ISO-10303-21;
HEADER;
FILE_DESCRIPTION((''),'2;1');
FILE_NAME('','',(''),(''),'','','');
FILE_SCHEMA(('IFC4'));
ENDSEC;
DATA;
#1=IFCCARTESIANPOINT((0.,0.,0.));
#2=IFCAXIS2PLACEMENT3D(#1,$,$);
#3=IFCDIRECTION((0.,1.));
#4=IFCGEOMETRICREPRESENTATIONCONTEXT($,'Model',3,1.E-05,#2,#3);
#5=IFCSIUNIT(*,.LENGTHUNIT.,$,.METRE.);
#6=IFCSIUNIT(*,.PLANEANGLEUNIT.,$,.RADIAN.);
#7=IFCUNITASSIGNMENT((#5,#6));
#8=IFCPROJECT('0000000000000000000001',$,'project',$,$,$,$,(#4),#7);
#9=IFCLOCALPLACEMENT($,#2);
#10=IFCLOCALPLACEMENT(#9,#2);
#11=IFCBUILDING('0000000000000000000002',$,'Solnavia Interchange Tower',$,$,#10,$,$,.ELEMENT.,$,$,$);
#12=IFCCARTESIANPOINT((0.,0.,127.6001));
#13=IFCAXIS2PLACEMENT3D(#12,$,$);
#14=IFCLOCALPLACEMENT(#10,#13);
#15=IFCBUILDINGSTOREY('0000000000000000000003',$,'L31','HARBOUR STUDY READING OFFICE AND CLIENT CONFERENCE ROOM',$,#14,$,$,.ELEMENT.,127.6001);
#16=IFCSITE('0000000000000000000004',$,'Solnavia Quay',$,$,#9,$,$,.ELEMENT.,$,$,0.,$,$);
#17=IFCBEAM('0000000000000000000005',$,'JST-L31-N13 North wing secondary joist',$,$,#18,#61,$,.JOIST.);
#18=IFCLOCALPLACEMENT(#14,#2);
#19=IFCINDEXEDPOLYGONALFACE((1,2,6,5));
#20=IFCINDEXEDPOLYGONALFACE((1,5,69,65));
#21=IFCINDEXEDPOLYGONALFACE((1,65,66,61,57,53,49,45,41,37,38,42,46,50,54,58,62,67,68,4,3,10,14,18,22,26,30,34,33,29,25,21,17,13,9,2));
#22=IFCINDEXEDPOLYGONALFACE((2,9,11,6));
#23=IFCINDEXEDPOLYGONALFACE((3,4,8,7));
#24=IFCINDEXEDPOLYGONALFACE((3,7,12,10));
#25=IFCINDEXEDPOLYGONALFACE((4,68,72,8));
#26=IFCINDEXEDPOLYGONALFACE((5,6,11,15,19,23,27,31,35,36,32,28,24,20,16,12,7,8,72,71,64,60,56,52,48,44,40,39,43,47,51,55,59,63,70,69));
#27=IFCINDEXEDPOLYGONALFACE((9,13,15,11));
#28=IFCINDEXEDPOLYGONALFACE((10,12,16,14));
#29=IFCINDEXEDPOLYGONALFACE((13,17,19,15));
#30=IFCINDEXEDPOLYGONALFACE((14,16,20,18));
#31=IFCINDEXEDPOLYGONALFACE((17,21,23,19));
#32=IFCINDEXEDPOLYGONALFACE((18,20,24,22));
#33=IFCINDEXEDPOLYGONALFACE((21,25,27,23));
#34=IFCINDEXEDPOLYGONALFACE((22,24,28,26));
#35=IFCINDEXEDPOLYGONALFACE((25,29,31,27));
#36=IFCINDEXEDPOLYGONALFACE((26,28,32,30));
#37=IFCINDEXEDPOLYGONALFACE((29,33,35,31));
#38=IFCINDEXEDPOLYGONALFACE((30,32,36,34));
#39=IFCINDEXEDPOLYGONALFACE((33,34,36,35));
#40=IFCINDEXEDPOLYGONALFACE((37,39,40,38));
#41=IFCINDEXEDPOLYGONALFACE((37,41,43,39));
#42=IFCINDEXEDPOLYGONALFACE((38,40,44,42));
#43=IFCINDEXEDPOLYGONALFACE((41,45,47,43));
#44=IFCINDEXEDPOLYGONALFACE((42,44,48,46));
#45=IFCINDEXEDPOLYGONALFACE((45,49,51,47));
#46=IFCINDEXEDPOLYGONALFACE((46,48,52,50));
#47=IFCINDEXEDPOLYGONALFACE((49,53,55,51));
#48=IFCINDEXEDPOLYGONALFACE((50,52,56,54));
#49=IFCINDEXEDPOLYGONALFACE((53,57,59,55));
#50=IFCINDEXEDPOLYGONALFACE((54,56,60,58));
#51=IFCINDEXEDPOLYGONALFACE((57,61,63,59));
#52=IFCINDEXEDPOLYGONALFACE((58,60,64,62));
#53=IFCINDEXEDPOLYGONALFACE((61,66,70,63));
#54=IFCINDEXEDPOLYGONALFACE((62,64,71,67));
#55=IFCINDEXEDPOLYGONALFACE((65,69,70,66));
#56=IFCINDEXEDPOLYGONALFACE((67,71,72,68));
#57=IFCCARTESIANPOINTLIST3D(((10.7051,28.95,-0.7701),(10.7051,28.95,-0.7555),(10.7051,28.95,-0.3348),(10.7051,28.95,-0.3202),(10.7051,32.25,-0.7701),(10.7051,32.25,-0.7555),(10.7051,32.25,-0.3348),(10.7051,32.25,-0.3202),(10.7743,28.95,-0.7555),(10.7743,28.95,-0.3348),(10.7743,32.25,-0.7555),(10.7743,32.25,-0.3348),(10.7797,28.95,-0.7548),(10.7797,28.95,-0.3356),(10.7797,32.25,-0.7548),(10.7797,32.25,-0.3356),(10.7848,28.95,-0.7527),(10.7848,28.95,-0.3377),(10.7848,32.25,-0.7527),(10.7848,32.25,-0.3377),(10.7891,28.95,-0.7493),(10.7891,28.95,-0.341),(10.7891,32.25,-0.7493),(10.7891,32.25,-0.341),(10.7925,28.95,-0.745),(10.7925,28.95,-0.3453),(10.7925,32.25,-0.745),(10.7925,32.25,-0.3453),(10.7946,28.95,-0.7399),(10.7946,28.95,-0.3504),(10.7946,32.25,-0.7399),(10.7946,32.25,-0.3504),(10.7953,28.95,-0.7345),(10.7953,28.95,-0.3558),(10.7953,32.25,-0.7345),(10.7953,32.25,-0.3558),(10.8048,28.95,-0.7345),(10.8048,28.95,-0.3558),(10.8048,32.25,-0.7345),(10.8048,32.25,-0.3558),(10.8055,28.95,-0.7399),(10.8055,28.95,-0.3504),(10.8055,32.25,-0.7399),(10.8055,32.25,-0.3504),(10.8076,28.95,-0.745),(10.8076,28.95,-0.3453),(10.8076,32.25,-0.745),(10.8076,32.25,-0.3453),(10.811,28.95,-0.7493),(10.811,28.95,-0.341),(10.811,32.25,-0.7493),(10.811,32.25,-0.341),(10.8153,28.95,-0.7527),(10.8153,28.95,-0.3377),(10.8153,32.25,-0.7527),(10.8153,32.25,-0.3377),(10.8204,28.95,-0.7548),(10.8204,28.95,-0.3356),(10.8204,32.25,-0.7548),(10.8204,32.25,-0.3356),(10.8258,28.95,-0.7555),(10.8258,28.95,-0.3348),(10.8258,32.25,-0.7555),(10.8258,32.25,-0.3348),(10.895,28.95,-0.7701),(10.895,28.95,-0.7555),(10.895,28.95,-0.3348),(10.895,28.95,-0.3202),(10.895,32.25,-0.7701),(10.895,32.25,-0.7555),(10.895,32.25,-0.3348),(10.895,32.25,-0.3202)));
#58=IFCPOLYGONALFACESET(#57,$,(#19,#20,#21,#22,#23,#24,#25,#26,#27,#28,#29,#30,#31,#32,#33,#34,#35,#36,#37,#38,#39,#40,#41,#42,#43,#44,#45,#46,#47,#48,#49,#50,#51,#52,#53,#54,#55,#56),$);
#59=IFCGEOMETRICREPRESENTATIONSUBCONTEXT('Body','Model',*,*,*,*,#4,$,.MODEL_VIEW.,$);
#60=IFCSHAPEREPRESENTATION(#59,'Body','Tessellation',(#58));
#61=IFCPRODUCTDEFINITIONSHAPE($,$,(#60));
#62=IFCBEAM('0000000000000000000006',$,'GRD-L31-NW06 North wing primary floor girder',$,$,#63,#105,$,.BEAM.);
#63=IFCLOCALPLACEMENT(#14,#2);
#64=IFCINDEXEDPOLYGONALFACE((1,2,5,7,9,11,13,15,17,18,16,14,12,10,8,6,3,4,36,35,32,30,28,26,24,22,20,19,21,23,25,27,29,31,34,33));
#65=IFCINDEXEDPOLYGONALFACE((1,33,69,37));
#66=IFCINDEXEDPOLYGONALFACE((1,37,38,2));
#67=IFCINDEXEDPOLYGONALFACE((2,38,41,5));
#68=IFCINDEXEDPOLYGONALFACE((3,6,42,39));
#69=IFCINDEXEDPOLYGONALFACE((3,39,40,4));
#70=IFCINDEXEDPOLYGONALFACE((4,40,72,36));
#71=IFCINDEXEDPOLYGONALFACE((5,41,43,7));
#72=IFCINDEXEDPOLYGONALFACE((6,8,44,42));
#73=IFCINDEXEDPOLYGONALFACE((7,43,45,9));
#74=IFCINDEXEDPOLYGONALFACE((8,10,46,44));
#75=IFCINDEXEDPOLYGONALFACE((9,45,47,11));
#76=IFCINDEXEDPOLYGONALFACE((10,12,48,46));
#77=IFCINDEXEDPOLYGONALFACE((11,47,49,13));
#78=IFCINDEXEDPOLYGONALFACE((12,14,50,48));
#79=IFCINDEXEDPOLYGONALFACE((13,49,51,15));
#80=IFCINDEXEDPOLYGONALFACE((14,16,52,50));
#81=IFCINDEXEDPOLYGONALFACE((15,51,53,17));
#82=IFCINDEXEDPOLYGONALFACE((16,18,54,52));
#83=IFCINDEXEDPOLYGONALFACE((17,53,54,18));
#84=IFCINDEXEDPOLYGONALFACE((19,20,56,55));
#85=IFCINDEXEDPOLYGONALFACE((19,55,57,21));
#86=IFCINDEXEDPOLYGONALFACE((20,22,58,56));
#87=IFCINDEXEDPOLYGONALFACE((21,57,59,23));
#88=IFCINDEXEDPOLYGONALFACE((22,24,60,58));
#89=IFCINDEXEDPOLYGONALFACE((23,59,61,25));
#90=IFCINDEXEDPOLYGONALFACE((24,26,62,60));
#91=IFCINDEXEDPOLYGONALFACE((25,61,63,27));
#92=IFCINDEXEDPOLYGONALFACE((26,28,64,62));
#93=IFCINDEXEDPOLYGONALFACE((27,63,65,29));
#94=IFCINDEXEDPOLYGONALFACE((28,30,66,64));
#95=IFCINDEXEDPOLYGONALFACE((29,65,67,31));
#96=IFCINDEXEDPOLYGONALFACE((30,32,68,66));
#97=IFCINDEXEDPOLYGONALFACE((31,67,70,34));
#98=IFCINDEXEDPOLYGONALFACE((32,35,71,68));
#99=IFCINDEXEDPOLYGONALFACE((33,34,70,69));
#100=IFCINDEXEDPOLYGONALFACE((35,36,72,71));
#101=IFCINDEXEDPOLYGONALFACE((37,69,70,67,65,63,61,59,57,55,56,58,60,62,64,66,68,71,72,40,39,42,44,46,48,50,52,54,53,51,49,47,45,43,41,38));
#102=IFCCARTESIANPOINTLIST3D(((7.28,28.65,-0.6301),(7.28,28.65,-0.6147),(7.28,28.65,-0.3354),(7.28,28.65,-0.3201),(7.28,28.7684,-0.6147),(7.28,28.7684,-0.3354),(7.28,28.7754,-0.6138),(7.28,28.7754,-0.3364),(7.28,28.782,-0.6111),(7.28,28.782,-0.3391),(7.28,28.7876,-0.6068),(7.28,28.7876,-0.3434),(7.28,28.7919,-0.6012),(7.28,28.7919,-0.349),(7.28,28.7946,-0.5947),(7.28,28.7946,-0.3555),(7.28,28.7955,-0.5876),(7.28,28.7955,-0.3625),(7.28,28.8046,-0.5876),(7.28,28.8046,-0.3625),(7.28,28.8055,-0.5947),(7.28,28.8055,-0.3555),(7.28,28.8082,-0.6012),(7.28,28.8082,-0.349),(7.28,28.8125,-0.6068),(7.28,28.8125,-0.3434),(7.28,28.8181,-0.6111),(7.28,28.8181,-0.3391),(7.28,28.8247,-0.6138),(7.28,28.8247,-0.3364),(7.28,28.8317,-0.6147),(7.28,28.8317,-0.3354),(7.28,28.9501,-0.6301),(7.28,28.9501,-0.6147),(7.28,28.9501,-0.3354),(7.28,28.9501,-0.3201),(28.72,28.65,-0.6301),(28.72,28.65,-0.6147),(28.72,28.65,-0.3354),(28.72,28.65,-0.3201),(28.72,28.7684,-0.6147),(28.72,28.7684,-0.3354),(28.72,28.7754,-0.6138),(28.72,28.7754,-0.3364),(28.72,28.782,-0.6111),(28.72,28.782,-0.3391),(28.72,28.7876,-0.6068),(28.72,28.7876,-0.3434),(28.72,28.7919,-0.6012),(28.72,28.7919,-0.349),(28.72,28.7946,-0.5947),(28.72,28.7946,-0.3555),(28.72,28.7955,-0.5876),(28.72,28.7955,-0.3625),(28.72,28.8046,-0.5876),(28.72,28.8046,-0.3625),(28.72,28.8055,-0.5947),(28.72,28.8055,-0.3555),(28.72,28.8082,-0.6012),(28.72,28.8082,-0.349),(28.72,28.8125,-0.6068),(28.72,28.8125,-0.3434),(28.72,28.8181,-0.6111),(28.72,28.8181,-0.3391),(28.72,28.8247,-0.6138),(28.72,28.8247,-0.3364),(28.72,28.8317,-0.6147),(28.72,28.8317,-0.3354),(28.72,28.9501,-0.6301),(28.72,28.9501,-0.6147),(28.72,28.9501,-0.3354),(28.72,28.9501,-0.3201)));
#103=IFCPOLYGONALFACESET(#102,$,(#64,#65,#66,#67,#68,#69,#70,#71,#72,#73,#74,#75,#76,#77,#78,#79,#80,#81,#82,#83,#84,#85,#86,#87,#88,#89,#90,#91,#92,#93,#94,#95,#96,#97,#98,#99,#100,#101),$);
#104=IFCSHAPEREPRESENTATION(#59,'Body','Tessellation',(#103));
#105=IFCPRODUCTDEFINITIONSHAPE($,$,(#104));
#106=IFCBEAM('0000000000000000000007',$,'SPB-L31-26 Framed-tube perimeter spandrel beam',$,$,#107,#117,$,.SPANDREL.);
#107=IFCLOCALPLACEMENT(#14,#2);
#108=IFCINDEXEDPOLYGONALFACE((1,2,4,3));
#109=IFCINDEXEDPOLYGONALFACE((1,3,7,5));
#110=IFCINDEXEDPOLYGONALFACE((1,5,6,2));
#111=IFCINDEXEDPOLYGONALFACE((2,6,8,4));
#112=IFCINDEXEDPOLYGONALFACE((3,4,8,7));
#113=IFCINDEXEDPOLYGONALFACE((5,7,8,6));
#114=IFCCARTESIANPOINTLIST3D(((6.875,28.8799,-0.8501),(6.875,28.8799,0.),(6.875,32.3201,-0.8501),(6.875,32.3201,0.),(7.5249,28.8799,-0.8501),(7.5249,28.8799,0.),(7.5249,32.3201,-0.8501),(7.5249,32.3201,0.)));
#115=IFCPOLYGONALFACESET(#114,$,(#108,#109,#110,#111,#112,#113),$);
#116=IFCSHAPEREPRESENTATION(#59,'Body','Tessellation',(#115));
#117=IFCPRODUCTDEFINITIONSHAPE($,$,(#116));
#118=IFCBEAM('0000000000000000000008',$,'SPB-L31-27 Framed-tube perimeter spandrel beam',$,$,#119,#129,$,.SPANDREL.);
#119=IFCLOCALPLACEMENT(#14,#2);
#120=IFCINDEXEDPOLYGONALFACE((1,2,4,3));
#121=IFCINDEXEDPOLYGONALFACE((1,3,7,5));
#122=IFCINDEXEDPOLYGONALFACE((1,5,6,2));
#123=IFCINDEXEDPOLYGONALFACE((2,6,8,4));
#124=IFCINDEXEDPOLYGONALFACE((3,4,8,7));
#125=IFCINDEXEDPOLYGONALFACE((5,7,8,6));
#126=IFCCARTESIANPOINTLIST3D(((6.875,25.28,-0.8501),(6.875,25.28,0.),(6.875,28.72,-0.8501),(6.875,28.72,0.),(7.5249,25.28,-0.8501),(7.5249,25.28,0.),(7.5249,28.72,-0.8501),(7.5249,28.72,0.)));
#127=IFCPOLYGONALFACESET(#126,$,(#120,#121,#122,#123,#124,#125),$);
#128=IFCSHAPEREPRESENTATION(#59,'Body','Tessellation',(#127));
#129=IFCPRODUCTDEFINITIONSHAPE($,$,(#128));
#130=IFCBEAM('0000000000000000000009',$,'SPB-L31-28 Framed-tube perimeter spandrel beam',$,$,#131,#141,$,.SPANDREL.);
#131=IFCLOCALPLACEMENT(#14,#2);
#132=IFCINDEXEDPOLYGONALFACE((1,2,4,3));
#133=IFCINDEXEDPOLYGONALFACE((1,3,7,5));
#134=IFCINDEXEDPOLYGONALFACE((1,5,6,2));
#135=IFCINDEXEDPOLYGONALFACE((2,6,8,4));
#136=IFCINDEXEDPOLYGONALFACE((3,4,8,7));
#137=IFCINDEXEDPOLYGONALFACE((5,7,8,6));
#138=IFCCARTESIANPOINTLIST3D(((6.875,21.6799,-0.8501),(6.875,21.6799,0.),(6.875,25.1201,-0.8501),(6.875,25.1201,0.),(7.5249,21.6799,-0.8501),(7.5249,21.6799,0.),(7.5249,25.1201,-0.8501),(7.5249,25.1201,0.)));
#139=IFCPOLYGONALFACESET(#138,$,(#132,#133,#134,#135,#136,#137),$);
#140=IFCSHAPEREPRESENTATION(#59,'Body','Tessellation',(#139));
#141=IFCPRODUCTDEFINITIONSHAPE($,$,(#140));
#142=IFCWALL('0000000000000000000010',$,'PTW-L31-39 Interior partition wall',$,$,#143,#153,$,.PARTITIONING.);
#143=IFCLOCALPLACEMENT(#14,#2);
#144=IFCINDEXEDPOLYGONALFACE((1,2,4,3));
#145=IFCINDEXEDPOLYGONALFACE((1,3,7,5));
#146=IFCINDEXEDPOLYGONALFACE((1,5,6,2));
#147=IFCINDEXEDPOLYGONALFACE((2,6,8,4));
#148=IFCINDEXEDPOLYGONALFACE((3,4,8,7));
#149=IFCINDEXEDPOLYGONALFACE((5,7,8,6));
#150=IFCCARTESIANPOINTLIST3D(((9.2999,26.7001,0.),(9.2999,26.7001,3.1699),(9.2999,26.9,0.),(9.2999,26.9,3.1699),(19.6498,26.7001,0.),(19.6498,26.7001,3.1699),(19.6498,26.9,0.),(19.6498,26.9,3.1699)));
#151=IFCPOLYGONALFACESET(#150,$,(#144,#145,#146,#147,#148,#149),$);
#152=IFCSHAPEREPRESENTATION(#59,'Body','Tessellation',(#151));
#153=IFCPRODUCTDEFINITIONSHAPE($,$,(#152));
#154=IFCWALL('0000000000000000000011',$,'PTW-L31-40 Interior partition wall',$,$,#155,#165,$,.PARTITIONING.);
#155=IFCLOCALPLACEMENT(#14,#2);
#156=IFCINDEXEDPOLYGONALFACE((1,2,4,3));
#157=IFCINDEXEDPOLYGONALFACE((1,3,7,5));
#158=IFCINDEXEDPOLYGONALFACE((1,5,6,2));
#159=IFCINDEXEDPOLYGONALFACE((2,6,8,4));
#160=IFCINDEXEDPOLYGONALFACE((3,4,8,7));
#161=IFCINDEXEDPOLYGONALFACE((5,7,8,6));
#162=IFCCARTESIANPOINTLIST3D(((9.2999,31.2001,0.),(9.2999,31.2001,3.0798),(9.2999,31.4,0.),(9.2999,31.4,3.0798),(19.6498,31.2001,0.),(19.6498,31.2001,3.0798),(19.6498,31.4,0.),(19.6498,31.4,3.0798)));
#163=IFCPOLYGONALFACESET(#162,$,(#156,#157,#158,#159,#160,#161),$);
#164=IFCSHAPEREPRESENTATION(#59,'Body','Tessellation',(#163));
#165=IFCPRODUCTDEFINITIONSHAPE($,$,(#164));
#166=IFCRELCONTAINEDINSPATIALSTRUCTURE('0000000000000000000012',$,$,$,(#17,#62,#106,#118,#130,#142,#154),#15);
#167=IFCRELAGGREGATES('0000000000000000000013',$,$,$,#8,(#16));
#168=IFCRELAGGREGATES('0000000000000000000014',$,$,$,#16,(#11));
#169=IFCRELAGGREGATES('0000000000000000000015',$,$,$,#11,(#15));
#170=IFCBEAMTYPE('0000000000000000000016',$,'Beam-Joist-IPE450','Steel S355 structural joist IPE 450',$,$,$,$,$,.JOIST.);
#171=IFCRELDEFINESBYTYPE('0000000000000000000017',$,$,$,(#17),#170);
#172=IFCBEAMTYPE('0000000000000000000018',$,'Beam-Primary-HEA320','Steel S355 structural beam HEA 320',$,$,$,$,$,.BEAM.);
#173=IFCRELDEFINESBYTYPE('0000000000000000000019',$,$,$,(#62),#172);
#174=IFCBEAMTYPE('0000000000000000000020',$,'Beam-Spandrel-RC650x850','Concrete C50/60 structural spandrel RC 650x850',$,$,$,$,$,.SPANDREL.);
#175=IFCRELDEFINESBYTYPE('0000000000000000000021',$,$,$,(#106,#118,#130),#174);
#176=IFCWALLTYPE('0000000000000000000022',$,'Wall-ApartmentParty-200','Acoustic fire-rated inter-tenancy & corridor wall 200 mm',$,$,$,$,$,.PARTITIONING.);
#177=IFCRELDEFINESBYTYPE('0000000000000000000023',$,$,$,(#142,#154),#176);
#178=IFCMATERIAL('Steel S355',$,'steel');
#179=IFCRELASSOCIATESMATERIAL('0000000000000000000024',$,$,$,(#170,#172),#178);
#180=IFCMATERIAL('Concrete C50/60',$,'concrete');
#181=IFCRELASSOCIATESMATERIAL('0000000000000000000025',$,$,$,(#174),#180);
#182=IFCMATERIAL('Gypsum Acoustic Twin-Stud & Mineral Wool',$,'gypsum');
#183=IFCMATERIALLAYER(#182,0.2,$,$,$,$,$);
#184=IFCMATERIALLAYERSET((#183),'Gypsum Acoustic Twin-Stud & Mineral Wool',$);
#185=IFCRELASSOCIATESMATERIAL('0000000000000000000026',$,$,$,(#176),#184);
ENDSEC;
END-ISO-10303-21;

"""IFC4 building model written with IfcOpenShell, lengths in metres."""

from ifc_helpers import new_model, si_unit, direction, frame, frame_2d, origin, origin_2d, place, context, subcontext, project, spatial, rectangle, i_section, extrude, material, layer, layer_set, material_profile, profile_set, type_object, element, save


model = new_model("IFC4")

# Units and contexts
model_context = context("Model", 3, precision=1e-05, world=origin(), true_north=direction((0.0, 1.0)))
body_context = subcontext(model_context, "Body", "Model", "MODEL_VIEW")
ifc_project = project(units=[si_unit("LENGTHUNIT", "METRE"), si_unit("PLANEANGLEUNIT", "RADIAN")], contexts=[model_context])

# Site, building, storey
site_placement = place(None, origin())
site = spatial("IfcSite", under=ifc_project, at=site_placement, Name="Solnavia Quay", CompositionType="ELEMENT", RefElevation=0.0)
building_placement = place(site_placement, origin())
building = spatial("IfcBuilding", under=site, at=building_placement, Name="Solnavia Interchange Tower", CompositionType="ELEMENT")
storey_placement = place(building_placement, frame((0.0, 0.0, 127.6001)))
storey = spatial("IfcBuildingStorey", under=building, at=storey_placement, Name="L31", Description="HARBOUR STUDY READING OFFICE AND CLIENT CONFERENCE ROOM", CompositionType="ELEMENT", Elevation=127.6001)

# Shared definitions
ifc_material_1 = material(Name="Concrete C50/60", Category="concrete")
ifc_material_2 = material(Name="Steel S355", Category="steel")

# Beams
ifc_material_profile_1 = material_profile(ifc_material_2, i_section(OverallWidth=0.1899, OverallDepth=0.45, WebThickness=0.0095, FlangeThickness=0.0146, FilletRadius=0.021, at=origin_2d()), Name="IPE 450")
ifc_profile_set_1 = profile_set([ifc_material_profile_1], Name="Steel S355")
beam_type_1 = type_object("IfcBeamType", Name="Beam-Joist-IPE450", Description="Steel S355 structural joist IPE 450", PredefinedType="JOIST", material=ifc_profile_set_1)
beam_1_placement = place(storey_placement, frame((10.8, 28.95, -0.5452), z_axis=(0.0, 1.0, 0.0), x_axis=(-1.0, 0.0, 0.0)))
element("IfcBeam", 1, at=beam_1_placement, inside=storey, type_object=beam_type_1, Name="JST-L31-N13 North wing secondary joist", PredefinedType="JOIST", context=body_context, shape_type="SweptSolid", body=[
    extrude(i_section(OverallWidth=0.1899, OverallDepth=0.45, WebThickness=0.0095, FlangeThickness=0.0146, FilletRadius=0.021, at=origin_2d()), origin(), (0.0, 0.0, 1.0), 3.3),
])
ifc_material_profile_2 = material_profile(ifc_material_2, i_section(OverallWidth=0.3, OverallDepth=0.3101, WebThickness=0.009, FlangeThickness=0.0154, FilletRadius=0.0271, at=origin_2d()), Name="HEA 320")
ifc_profile_set_2 = profile_set([ifc_material_profile_2], Name="Steel S355")
beam_type_2 = type_object("IfcBeamType", Name="Beam-Primary-HEA320", Description="Steel S355 structural beam HEA 320", PredefinedType="BEAM", material=ifc_profile_set_2)
beam_2_placement = place(storey_placement, frame((7.28, 28.8, -0.4751), z_axis=(1.0, 0.0, 0.0), x_axis=(0.0, 1.0, 0.0)))
element("IfcBeam", 2, at=beam_2_placement, inside=storey, type_object=beam_type_2, Name="GRD-L31-NW06 North wing primary floor girder", PredefinedType="BEAM", context=body_context, shape_type="SweptSolid", body=[
    extrude(i_section(OverallWidth=0.3, OverallDepth=0.3101, WebThickness=0.009, FlangeThickness=0.0154, FilletRadius=0.0271, at=origin_2d()), origin(), (0.0, 0.0, 1.0), 21.4399),
])
ifc_material_profile_3 = material_profile(ifc_material_1, rectangle(XDim=0.6499, YDim=0.8501, at=origin_2d()), Name="RC 650x850")
ifc_profile_set_3 = profile_set([ifc_material_profile_3], Name="Concrete C50/60")
beam_type_3 = type_object("IfcBeamType", Name="Beam-Spandrel-RC650x850", Description="Concrete C50/60 structural spandrel RC 650x850", PredefinedType="SPANDREL", material=ifc_profile_set_3)
beam_3_placement = place(storey_placement, frame((7.2, 32.3201, -0.425), z_axis=(0.0, -1.0, 0.0), x_axis=(1.0, 0.0, 0.0)))
element("IfcBeam", 3, at=beam_3_placement, inside=storey, type_object=beam_type_3, Name="SPB-L31-26 Framed-tube perimeter spandrel beam", PredefinedType="SPANDREL", context=body_context, shape_type="SweptSolid", body=[
    extrude(rectangle(XDim=0.6499, YDim=0.8501, at=origin_2d()), origin(), (0.0, 0.0, 1.0), 3.4402),
])
beam_4_placement = place(storey_placement, frame((7.2, 28.72, -0.425), z_axis=(0.0, -1.0, 0.0), x_axis=(1.0, 0.0, 0.0)))
element("IfcBeam", 4, at=beam_4_placement, inside=storey, type_object=beam_type_3, Name="SPB-L31-27 Framed-tube perimeter spandrel beam", PredefinedType="SPANDREL", context=body_context, shape_type="SweptSolid", body=[
    extrude(rectangle(XDim=0.6499, YDim=0.8501, at=origin_2d()), origin(), (0.0, 0.0, 1.0), 3.4399),
])
beam_5_placement = place(storey_placement, frame((7.2, 25.1201, -0.425), z_axis=(0.0, -1.0, 0.0), x_axis=(1.0, 0.0, 0.0)))
element("IfcBeam", 5, at=beam_5_placement, inside=storey, type_object=beam_type_3, Name="SPB-L31-28 Framed-tube perimeter spandrel beam", PredefinedType="SPANDREL", context=body_context, shape_type="SweptSolid", body=[
    extrude(rectangle(XDim=0.6499, YDim=0.8501, at=origin_2d()), origin(), (0.0, 0.0, 1.0), 3.4402),
])

# Walls
ifc_material_3 = material(Name="Gypsum Acoustic Twin-Stud & Mineral Wool", Category="gypsum")
ifc_layer_1 = layer(ifc_material_3, 0.2)
ifc_layer_set_1 = layer_set([ifc_layer_1], Name="Gypsum Acoustic Twin-Stud & Mineral Wool")
wall_type_1 = type_object("IfcWallType", Name="Wall-ApartmentParty-200", Description="Acoustic fire-rated inter-tenancy & corridor wall 200 mm", PredefinedType="PARTITIONING", material=ifc_layer_set_1)
wall_1_placement = place(storey_placement, frame((9.3, 26.8, 0.0), z_axis=(0.0, 0.0, 1.0), x_axis=(1.0, 0.0, 0.0)))
element("IfcWall", 6, at=wall_1_placement, inside=storey, type_object=wall_type_1, Name="PTW-L31-39 Interior partition wall", PredefinedType="PARTITIONING", context=body_context, shape_type="SweptSolid", body=[
    extrude(rectangle(XDim=10.3499, YDim=0.2, at=frame_2d((5.1748, 0.0))), origin(), (0.0, 0.0, 1.0), 3.1699),
])
wall_2_placement = place(storey_placement, frame((9.3, 31.3, 0.0), z_axis=(0.0, 0.0, 1.0), x_axis=(1.0, 0.0, 0.0)))
element("IfcWall", 7, at=wall_2_placement, inside=storey, type_object=wall_type_1, Name="PTW-L31-40 Interior partition wall", PredefinedType="PARTITIONING", context=body_context, shape_type="SweptSolid", body=[
    extrude(rectangle(XDim=10.3499, YDim=0.2, at=frame_2d((5.1748, 0.0))), origin(), (0.0, 0.0, 1.0), 3.0798),
])

save(model, "model.ifc")
